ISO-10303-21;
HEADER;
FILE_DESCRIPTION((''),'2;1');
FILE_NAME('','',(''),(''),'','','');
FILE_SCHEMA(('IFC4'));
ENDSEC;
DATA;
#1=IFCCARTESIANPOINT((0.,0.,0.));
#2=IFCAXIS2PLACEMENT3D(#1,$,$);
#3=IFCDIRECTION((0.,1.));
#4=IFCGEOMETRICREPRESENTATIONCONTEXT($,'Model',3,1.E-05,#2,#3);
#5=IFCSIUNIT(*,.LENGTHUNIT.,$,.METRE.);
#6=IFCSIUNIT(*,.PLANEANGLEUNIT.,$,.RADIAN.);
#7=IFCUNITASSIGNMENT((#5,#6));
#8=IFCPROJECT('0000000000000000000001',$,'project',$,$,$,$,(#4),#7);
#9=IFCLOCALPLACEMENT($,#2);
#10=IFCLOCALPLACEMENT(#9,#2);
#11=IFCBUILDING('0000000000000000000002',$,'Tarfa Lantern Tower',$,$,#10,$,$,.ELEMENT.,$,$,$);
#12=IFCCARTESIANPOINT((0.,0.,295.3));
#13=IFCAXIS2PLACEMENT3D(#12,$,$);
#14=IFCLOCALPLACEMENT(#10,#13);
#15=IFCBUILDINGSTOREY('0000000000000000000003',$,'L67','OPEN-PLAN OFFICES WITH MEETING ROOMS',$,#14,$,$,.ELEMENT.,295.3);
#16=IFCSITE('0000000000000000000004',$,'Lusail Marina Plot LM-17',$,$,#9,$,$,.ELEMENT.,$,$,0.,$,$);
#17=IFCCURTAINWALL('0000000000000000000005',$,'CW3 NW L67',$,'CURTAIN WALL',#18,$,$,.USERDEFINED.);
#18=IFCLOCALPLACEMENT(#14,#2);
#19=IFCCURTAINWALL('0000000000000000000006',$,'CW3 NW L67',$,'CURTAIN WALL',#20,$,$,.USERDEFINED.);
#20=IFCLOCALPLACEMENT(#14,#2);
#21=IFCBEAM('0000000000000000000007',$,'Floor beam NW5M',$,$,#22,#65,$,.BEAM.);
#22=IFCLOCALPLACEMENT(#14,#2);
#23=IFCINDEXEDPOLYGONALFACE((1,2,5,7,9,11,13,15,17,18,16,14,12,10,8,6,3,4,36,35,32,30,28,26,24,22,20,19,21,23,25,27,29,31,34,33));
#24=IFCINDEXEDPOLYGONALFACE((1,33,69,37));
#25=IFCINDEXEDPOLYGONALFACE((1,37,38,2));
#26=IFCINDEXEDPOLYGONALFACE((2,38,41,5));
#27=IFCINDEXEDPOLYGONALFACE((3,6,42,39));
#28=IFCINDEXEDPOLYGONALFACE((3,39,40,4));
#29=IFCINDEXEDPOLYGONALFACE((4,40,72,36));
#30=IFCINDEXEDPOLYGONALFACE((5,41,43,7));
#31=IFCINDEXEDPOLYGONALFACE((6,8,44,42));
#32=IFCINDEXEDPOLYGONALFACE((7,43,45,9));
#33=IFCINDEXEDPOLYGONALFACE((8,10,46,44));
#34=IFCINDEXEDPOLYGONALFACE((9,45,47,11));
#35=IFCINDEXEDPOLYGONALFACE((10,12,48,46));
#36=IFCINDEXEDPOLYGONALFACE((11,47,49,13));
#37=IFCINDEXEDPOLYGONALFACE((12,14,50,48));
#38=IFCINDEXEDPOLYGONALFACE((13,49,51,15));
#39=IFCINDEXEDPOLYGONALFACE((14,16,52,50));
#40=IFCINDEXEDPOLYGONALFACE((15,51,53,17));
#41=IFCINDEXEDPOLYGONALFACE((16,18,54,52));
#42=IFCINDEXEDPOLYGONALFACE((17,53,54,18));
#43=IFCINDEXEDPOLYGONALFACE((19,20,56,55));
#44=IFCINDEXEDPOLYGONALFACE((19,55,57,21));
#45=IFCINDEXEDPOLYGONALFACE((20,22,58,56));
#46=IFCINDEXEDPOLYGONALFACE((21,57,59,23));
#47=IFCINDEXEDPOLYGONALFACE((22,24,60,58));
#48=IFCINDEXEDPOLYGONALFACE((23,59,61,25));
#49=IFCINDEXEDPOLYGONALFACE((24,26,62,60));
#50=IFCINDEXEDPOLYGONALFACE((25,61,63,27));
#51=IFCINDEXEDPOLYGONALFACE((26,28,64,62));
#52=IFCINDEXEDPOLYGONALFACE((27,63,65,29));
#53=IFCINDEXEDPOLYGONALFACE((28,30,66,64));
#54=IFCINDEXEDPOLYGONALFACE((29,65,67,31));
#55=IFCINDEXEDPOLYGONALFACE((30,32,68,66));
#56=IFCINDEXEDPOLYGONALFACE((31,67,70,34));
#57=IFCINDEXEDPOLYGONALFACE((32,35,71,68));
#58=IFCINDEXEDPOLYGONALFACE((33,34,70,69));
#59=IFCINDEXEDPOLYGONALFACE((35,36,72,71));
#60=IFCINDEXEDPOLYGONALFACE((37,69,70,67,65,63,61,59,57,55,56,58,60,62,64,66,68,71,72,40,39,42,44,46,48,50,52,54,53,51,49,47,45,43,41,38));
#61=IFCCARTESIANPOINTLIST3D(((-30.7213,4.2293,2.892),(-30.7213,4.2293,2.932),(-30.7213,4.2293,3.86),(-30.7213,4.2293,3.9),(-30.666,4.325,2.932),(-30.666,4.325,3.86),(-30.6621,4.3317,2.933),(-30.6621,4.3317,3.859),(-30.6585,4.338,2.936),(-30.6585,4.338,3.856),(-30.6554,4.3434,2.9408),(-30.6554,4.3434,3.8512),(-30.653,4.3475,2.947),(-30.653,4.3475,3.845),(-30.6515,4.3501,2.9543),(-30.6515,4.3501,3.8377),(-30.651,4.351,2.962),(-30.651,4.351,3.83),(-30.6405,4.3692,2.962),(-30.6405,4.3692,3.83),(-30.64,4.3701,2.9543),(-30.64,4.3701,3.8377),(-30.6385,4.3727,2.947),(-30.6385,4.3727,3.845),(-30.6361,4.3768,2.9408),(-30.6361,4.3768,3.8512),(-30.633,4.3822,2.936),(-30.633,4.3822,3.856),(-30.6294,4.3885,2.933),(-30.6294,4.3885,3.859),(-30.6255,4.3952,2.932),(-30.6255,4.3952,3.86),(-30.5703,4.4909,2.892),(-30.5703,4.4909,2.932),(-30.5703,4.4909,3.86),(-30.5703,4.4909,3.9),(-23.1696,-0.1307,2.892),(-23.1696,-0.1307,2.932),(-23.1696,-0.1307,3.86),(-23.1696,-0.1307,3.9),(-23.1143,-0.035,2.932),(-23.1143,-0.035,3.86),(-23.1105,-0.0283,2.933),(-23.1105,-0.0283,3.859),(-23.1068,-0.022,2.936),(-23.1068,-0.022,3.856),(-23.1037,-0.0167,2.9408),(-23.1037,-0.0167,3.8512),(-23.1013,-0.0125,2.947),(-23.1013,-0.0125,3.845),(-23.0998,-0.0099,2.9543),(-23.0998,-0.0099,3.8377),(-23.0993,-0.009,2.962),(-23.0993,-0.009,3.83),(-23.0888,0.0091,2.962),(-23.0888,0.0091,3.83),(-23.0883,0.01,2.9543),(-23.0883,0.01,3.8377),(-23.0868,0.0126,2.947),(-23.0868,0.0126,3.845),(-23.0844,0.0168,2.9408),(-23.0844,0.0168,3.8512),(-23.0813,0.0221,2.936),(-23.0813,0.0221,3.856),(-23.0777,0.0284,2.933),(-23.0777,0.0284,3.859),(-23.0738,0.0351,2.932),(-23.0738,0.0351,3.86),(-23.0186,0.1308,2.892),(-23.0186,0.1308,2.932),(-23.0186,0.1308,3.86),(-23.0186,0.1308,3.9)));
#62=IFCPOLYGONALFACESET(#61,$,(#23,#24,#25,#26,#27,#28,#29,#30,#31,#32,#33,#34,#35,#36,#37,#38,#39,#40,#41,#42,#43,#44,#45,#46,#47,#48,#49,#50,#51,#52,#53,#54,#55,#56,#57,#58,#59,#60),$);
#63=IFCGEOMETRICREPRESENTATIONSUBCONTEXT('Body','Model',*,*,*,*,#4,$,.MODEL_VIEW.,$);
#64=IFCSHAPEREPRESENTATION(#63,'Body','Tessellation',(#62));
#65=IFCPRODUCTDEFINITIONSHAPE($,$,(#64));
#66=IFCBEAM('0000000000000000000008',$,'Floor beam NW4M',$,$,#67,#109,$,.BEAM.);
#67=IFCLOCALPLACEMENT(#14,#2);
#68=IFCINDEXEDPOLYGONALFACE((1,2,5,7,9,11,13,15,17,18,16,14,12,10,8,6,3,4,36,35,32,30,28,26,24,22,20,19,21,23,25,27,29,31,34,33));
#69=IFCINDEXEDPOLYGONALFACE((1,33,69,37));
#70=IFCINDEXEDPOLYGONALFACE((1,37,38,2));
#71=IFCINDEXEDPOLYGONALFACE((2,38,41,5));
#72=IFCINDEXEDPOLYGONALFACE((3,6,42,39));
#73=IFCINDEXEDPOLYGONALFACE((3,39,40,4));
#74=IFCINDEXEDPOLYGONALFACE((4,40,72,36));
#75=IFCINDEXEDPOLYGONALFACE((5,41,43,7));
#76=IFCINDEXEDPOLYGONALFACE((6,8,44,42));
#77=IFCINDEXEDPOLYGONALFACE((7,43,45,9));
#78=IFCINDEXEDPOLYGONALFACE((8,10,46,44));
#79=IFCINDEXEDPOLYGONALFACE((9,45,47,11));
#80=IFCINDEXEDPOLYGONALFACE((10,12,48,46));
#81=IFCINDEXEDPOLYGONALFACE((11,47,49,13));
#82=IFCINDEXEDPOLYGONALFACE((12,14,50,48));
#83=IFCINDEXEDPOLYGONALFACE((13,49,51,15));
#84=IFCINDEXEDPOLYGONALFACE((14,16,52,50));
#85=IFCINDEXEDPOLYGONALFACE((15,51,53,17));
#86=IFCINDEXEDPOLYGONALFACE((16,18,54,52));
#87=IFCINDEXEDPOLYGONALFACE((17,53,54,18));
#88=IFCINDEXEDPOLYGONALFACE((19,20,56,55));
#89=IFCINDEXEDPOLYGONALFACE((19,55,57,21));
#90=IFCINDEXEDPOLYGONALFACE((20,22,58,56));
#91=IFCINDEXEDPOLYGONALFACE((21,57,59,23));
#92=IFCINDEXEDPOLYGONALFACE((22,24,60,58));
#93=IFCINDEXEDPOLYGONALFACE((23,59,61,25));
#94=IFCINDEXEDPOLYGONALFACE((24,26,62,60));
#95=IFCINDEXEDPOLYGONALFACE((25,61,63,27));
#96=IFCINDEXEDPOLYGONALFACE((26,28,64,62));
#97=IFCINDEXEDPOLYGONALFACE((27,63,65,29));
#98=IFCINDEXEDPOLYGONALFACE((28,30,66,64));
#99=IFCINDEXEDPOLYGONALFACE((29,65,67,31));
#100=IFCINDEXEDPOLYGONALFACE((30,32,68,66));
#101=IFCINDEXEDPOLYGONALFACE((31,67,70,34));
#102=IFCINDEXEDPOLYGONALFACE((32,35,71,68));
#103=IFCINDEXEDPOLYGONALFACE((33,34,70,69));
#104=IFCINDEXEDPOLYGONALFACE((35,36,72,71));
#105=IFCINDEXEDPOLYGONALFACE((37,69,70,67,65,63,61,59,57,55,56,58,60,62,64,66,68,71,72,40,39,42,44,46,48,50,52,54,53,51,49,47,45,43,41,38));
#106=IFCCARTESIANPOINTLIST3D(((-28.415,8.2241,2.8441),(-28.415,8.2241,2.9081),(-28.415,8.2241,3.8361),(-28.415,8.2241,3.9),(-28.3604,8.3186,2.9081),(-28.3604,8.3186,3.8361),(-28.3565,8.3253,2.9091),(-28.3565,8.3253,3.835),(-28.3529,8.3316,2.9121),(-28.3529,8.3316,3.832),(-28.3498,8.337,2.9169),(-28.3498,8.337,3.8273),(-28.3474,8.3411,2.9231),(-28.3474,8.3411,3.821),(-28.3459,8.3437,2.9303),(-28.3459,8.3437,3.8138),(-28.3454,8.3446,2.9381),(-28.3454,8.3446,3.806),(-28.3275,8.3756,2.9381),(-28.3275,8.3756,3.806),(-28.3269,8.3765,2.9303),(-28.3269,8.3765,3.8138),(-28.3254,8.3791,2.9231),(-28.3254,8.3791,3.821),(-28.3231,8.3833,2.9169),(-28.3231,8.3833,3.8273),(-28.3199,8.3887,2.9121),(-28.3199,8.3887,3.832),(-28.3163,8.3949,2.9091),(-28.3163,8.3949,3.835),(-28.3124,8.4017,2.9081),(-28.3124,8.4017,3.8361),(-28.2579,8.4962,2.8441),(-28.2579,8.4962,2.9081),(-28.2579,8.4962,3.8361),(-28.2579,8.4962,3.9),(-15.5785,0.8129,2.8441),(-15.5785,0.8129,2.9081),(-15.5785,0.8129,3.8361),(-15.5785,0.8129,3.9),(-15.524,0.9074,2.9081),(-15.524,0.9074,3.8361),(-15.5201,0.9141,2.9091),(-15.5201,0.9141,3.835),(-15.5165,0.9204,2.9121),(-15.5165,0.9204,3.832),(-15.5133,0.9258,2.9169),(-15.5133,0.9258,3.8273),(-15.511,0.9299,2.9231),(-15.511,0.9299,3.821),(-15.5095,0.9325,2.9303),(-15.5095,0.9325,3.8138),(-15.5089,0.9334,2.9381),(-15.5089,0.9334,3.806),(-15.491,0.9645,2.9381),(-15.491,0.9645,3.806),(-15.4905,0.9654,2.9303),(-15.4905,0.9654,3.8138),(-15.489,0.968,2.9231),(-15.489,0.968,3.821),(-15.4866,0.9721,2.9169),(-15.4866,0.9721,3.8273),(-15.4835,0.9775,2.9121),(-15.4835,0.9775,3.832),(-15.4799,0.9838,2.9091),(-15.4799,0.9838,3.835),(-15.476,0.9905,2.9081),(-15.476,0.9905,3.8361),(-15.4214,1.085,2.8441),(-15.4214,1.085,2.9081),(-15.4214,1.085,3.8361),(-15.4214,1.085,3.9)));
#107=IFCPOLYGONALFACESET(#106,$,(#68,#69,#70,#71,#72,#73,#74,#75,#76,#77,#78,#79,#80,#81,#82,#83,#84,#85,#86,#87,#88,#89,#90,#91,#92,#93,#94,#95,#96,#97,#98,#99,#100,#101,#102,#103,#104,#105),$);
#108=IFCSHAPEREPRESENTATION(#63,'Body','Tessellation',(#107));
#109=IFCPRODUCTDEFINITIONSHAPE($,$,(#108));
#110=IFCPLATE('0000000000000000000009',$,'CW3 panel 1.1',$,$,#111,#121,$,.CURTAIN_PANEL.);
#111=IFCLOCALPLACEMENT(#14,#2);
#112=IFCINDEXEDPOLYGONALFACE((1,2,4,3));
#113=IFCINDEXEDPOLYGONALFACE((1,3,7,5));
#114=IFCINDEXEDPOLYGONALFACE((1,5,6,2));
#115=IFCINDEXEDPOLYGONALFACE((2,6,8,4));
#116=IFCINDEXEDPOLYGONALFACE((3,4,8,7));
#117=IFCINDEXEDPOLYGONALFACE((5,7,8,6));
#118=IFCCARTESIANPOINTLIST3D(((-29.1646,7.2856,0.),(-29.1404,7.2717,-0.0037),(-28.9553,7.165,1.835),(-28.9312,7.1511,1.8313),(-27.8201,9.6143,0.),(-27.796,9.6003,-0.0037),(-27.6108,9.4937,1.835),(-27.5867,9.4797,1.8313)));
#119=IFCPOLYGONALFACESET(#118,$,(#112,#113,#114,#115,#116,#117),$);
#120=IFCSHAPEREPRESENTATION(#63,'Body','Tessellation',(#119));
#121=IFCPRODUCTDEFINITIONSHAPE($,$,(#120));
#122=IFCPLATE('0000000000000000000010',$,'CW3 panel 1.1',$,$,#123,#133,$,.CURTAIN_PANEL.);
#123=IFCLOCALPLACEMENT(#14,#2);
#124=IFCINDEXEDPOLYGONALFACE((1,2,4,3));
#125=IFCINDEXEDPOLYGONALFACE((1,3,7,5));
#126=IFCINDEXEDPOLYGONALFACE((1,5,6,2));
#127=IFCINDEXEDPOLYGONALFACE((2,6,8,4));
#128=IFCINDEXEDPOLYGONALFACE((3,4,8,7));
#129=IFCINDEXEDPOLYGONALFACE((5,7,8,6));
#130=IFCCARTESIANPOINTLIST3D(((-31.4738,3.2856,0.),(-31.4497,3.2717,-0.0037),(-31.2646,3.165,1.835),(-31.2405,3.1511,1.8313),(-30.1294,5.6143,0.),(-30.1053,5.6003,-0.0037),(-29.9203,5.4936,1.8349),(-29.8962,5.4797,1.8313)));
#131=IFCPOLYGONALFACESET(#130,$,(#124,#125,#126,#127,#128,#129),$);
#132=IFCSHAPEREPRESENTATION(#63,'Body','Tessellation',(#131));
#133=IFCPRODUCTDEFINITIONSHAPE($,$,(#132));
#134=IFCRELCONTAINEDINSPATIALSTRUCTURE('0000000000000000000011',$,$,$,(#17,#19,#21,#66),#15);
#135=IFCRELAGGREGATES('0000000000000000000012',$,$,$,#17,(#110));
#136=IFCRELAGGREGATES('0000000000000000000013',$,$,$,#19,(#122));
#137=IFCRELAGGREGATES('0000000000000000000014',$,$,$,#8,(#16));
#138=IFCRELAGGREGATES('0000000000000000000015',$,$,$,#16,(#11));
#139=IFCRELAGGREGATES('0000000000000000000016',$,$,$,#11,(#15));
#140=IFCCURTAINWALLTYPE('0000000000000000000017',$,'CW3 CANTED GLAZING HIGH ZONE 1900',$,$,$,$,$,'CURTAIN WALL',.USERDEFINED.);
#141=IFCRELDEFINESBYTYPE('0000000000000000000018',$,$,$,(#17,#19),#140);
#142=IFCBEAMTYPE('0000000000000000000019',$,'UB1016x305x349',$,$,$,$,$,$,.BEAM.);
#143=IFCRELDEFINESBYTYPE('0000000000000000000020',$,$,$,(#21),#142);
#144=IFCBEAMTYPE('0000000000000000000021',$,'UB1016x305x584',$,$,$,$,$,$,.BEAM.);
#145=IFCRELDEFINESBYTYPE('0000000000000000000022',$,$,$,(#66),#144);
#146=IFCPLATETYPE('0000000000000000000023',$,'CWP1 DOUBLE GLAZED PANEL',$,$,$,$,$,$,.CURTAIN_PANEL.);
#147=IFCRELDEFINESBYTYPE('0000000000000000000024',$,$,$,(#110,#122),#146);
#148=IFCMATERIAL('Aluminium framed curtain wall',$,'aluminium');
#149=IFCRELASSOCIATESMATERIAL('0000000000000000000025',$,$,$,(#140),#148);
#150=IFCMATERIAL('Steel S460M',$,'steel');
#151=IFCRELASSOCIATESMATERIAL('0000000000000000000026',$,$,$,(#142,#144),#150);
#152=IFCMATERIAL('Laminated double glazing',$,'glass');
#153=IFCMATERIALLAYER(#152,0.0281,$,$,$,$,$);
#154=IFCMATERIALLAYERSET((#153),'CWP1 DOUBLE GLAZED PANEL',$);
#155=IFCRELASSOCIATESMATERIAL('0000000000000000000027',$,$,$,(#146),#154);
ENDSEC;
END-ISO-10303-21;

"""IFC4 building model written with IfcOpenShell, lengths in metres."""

from ifc_helpers import new_model, si_unit, direction, frame, origin, origin_2d, place, context, subcontext, project, spatial, polyline, i_section, outline, extrude, material, layer, layer_set, material_profile, profile_set, type_object, element, aggregate, save


model = new_model("IFC4")

# Units and contexts
model_context = context("Model", 3, precision=1e-05, world=origin(), true_north=direction((0.0, 1.0)))
body_context = subcontext(model_context, "Body", "Model", "MODEL_VIEW")
ifc_project = project(units=[si_unit("LENGTHUNIT", "METRE"), si_unit("PLANEANGLEUNIT", "RADIAN")], contexts=[model_context])

# Site, building, storey
site_placement = place(None, origin())
site = spatial("IfcSite", under=ifc_project, at=site_placement, Name="Lusail Marina Plot LM-17", CompositionType="ELEMENT", RefElevation=0.0)
building_placement = place(site_placement, origin())
building = spatial("IfcBuilding", under=site, at=building_placement, Name="Tarfa Lantern Tower", CompositionType="ELEMENT")
storey_placement = place(building_placement, frame((0.0, 0.0, 295.3)))
storey = spatial("IfcBuildingStorey", under=building, at=storey_placement, Name="L67", Description="OPEN-PLAN OFFICES WITH MEETING ROOMS", CompositionType="ELEMENT", Elevation=295.3)

# Shared definitions
ifc_material_1 = material(Name="Aluminium framed curtain wall", Category="aluminium")
curtain_wall_type = type_object("IfcCurtainWallType", Name="CW3 CANTED GLAZING HIGH ZONE 1900", ElementType="CURTAIN WALL", PredefinedType="USERDEFINED", material=ifc_material_1)

# Curtain walls
curtain_wall_1_placement = place(storey_placement, origin())
curtain_wall_1 = element("IfcCurtainWall", 1, at=curtain_wall_1_placement, inside=storey, type_object=curtain_wall_type, Name="CW3 NW L67", ObjectType="CURTAIN WALL", PredefinedType="USERDEFINED")
curtain_wall_2_placement = place(storey_placement, origin())
curtain_wall_2 = element("IfcCurtainWall", 2, at=curtain_wall_2_placement, inside=storey, type_object=curtain_wall_type, Name="CW3 NW L67", ObjectType="CURTAIN WALL", PredefinedType="USERDEFINED")

# Beams
ifc_material_2 = material(Name="Steel S460M", Category="steel")
ifc_material_profile_1 = material_profile(ifc_material_2, i_section(OverallWidth=0.302, OverallDepth=1.0081, WebThickness=0.021, FlangeThickness=0.04, FilletRadius=0.03, at=origin_2d()), Name="UB1016x305x349")
ifc_profile_set_1 = profile_set([ifc_material_profile_1], Name="Steel S460M")
beam_type_1 = type_object("IfcBeamType", Name="UB1016x305x349", PredefinedType="BEAM", material=ifc_profile_set_1)
beam_1_placement = place(storey_placement, frame((-30.6458, 4.3601, 3.396), z_axis=(0.866021, -0.500008, 0.0), x_axis=(0.500008, 0.866021, 0.0)))
element("IfcBeam", 3, at=beam_1_placement, inside=storey, type_object=beam_type_1, Name="Floor beam NW5M", PredefinedType="BEAM", context=body_context, shape_type="SweptSolid", body=[
    extrude(i_section(OverallWidth=0.302, OverallDepth=1.0081, WebThickness=0.021, FlangeThickness=0.04, FilletRadius=0.03, at=origin_2d()), origin(), (0.0, 0.0, 1.0), 8.72),
])
ifc_material_profile_2 = material_profile(ifc_material_2, i_section(OverallWidth=0.3142, OverallDepth=1.0559, WebThickness=0.0359, FlangeThickness=0.064, FilletRadius=0.03, at=origin_2d()), Name="UB1016x305x584")
ifc_profile_set_2 = profile_set([ifc_material_profile_2], Name="Steel S460M")
beam_type_2 = type_object("IfcBeamType", Name="UB1016x305x584", PredefinedType="BEAM", material=ifc_profile_set_2)
beam_2_placement = place(storey_placement, frame((-28.3364, 8.3601, 3.3721), z_axis=(0.866025, -0.500001, 0.0), x_axis=(0.500001, 0.866025, 0.0)))
element("IfcBeam", 4, at=beam_2_placement, inside=storey, type_object=beam_type_2, Name="Floor beam NW4M", PredefinedType="BEAM", context=body_context, shape_type="SweptSolid", body=[
    extrude(i_section(OverallWidth=0.3142, OverallDepth=1.0559, WebThickness=0.0359, FlangeThickness=0.064, FilletRadius=0.03, at=origin_2d()), origin(), (0.0, 0.0, 1.0), 14.8223),
])

# Plates
ifc_material_3 = material(Name="Laminated double glazing", Category="glass")
ifc_layer = layer(ifc_material_3, 0.0281)
ifc_layer_set = layer_set([ifc_layer], Name="CWP1 DOUBLE GLAZED PANEL")
plate_type = type_object("IfcPlateType", Name="CWP1 DOUBLE GLAZED PANEL", PredefinedType="CURTAIN_PANEL", material=ifc_layer_set)
plate_1_placement = place(storey_placement, frame((-27.8201, 9.6143, 0.0), z_axis=(-0.858612, 0.495741, 0.130485), x_axis=(-0.500016, -0.866016, 0.0)))
plate_1 = element("IfcPlate", 5, at=plate_1_placement, type_object=plate_type, Name="CW3 panel 1.1", PredefinedType="CURTAIN_PANEL", context=body_context, shape_type="SweptSolid", body=[
    extrude(outline(polyline([(0.0, 0.0), (2.6889, 0.0), (2.6887, 1.8508), (-0.0002, 1.8508), (0.0, 0.0)])), origin(), (0.0, 0.0, -1.0), 0.0281),
])
aggregate(curtain_wall_1, [plate_1])
plate_2_placement = place(storey_placement, frame((-30.1294, 5.6143, 0.0), z_axis=(-0.858638, 0.495711, 0.130429), x_axis=(-0.499982, -0.866036, -0.000005)))
plate_2 = element("IfcPlate", 6, at=plate_2_placement, type_object=plate_type, Name="CW3 panel 1.1", PredefinedType="CURTAIN_PANEL", context=body_context, shape_type="SweptSolid", body=[
    extrude(outline(polyline([(0.0, 0.0), (2.6889, 0.0), (2.6887, 1.8508), (0.0, 1.8508), (0.0, 0.0)])), origin(), (0.0, 0.0, -1.0), 0.0281),
])
aggregate(curtain_wall_2, [plate_2])

save(model, "model.ifc")
